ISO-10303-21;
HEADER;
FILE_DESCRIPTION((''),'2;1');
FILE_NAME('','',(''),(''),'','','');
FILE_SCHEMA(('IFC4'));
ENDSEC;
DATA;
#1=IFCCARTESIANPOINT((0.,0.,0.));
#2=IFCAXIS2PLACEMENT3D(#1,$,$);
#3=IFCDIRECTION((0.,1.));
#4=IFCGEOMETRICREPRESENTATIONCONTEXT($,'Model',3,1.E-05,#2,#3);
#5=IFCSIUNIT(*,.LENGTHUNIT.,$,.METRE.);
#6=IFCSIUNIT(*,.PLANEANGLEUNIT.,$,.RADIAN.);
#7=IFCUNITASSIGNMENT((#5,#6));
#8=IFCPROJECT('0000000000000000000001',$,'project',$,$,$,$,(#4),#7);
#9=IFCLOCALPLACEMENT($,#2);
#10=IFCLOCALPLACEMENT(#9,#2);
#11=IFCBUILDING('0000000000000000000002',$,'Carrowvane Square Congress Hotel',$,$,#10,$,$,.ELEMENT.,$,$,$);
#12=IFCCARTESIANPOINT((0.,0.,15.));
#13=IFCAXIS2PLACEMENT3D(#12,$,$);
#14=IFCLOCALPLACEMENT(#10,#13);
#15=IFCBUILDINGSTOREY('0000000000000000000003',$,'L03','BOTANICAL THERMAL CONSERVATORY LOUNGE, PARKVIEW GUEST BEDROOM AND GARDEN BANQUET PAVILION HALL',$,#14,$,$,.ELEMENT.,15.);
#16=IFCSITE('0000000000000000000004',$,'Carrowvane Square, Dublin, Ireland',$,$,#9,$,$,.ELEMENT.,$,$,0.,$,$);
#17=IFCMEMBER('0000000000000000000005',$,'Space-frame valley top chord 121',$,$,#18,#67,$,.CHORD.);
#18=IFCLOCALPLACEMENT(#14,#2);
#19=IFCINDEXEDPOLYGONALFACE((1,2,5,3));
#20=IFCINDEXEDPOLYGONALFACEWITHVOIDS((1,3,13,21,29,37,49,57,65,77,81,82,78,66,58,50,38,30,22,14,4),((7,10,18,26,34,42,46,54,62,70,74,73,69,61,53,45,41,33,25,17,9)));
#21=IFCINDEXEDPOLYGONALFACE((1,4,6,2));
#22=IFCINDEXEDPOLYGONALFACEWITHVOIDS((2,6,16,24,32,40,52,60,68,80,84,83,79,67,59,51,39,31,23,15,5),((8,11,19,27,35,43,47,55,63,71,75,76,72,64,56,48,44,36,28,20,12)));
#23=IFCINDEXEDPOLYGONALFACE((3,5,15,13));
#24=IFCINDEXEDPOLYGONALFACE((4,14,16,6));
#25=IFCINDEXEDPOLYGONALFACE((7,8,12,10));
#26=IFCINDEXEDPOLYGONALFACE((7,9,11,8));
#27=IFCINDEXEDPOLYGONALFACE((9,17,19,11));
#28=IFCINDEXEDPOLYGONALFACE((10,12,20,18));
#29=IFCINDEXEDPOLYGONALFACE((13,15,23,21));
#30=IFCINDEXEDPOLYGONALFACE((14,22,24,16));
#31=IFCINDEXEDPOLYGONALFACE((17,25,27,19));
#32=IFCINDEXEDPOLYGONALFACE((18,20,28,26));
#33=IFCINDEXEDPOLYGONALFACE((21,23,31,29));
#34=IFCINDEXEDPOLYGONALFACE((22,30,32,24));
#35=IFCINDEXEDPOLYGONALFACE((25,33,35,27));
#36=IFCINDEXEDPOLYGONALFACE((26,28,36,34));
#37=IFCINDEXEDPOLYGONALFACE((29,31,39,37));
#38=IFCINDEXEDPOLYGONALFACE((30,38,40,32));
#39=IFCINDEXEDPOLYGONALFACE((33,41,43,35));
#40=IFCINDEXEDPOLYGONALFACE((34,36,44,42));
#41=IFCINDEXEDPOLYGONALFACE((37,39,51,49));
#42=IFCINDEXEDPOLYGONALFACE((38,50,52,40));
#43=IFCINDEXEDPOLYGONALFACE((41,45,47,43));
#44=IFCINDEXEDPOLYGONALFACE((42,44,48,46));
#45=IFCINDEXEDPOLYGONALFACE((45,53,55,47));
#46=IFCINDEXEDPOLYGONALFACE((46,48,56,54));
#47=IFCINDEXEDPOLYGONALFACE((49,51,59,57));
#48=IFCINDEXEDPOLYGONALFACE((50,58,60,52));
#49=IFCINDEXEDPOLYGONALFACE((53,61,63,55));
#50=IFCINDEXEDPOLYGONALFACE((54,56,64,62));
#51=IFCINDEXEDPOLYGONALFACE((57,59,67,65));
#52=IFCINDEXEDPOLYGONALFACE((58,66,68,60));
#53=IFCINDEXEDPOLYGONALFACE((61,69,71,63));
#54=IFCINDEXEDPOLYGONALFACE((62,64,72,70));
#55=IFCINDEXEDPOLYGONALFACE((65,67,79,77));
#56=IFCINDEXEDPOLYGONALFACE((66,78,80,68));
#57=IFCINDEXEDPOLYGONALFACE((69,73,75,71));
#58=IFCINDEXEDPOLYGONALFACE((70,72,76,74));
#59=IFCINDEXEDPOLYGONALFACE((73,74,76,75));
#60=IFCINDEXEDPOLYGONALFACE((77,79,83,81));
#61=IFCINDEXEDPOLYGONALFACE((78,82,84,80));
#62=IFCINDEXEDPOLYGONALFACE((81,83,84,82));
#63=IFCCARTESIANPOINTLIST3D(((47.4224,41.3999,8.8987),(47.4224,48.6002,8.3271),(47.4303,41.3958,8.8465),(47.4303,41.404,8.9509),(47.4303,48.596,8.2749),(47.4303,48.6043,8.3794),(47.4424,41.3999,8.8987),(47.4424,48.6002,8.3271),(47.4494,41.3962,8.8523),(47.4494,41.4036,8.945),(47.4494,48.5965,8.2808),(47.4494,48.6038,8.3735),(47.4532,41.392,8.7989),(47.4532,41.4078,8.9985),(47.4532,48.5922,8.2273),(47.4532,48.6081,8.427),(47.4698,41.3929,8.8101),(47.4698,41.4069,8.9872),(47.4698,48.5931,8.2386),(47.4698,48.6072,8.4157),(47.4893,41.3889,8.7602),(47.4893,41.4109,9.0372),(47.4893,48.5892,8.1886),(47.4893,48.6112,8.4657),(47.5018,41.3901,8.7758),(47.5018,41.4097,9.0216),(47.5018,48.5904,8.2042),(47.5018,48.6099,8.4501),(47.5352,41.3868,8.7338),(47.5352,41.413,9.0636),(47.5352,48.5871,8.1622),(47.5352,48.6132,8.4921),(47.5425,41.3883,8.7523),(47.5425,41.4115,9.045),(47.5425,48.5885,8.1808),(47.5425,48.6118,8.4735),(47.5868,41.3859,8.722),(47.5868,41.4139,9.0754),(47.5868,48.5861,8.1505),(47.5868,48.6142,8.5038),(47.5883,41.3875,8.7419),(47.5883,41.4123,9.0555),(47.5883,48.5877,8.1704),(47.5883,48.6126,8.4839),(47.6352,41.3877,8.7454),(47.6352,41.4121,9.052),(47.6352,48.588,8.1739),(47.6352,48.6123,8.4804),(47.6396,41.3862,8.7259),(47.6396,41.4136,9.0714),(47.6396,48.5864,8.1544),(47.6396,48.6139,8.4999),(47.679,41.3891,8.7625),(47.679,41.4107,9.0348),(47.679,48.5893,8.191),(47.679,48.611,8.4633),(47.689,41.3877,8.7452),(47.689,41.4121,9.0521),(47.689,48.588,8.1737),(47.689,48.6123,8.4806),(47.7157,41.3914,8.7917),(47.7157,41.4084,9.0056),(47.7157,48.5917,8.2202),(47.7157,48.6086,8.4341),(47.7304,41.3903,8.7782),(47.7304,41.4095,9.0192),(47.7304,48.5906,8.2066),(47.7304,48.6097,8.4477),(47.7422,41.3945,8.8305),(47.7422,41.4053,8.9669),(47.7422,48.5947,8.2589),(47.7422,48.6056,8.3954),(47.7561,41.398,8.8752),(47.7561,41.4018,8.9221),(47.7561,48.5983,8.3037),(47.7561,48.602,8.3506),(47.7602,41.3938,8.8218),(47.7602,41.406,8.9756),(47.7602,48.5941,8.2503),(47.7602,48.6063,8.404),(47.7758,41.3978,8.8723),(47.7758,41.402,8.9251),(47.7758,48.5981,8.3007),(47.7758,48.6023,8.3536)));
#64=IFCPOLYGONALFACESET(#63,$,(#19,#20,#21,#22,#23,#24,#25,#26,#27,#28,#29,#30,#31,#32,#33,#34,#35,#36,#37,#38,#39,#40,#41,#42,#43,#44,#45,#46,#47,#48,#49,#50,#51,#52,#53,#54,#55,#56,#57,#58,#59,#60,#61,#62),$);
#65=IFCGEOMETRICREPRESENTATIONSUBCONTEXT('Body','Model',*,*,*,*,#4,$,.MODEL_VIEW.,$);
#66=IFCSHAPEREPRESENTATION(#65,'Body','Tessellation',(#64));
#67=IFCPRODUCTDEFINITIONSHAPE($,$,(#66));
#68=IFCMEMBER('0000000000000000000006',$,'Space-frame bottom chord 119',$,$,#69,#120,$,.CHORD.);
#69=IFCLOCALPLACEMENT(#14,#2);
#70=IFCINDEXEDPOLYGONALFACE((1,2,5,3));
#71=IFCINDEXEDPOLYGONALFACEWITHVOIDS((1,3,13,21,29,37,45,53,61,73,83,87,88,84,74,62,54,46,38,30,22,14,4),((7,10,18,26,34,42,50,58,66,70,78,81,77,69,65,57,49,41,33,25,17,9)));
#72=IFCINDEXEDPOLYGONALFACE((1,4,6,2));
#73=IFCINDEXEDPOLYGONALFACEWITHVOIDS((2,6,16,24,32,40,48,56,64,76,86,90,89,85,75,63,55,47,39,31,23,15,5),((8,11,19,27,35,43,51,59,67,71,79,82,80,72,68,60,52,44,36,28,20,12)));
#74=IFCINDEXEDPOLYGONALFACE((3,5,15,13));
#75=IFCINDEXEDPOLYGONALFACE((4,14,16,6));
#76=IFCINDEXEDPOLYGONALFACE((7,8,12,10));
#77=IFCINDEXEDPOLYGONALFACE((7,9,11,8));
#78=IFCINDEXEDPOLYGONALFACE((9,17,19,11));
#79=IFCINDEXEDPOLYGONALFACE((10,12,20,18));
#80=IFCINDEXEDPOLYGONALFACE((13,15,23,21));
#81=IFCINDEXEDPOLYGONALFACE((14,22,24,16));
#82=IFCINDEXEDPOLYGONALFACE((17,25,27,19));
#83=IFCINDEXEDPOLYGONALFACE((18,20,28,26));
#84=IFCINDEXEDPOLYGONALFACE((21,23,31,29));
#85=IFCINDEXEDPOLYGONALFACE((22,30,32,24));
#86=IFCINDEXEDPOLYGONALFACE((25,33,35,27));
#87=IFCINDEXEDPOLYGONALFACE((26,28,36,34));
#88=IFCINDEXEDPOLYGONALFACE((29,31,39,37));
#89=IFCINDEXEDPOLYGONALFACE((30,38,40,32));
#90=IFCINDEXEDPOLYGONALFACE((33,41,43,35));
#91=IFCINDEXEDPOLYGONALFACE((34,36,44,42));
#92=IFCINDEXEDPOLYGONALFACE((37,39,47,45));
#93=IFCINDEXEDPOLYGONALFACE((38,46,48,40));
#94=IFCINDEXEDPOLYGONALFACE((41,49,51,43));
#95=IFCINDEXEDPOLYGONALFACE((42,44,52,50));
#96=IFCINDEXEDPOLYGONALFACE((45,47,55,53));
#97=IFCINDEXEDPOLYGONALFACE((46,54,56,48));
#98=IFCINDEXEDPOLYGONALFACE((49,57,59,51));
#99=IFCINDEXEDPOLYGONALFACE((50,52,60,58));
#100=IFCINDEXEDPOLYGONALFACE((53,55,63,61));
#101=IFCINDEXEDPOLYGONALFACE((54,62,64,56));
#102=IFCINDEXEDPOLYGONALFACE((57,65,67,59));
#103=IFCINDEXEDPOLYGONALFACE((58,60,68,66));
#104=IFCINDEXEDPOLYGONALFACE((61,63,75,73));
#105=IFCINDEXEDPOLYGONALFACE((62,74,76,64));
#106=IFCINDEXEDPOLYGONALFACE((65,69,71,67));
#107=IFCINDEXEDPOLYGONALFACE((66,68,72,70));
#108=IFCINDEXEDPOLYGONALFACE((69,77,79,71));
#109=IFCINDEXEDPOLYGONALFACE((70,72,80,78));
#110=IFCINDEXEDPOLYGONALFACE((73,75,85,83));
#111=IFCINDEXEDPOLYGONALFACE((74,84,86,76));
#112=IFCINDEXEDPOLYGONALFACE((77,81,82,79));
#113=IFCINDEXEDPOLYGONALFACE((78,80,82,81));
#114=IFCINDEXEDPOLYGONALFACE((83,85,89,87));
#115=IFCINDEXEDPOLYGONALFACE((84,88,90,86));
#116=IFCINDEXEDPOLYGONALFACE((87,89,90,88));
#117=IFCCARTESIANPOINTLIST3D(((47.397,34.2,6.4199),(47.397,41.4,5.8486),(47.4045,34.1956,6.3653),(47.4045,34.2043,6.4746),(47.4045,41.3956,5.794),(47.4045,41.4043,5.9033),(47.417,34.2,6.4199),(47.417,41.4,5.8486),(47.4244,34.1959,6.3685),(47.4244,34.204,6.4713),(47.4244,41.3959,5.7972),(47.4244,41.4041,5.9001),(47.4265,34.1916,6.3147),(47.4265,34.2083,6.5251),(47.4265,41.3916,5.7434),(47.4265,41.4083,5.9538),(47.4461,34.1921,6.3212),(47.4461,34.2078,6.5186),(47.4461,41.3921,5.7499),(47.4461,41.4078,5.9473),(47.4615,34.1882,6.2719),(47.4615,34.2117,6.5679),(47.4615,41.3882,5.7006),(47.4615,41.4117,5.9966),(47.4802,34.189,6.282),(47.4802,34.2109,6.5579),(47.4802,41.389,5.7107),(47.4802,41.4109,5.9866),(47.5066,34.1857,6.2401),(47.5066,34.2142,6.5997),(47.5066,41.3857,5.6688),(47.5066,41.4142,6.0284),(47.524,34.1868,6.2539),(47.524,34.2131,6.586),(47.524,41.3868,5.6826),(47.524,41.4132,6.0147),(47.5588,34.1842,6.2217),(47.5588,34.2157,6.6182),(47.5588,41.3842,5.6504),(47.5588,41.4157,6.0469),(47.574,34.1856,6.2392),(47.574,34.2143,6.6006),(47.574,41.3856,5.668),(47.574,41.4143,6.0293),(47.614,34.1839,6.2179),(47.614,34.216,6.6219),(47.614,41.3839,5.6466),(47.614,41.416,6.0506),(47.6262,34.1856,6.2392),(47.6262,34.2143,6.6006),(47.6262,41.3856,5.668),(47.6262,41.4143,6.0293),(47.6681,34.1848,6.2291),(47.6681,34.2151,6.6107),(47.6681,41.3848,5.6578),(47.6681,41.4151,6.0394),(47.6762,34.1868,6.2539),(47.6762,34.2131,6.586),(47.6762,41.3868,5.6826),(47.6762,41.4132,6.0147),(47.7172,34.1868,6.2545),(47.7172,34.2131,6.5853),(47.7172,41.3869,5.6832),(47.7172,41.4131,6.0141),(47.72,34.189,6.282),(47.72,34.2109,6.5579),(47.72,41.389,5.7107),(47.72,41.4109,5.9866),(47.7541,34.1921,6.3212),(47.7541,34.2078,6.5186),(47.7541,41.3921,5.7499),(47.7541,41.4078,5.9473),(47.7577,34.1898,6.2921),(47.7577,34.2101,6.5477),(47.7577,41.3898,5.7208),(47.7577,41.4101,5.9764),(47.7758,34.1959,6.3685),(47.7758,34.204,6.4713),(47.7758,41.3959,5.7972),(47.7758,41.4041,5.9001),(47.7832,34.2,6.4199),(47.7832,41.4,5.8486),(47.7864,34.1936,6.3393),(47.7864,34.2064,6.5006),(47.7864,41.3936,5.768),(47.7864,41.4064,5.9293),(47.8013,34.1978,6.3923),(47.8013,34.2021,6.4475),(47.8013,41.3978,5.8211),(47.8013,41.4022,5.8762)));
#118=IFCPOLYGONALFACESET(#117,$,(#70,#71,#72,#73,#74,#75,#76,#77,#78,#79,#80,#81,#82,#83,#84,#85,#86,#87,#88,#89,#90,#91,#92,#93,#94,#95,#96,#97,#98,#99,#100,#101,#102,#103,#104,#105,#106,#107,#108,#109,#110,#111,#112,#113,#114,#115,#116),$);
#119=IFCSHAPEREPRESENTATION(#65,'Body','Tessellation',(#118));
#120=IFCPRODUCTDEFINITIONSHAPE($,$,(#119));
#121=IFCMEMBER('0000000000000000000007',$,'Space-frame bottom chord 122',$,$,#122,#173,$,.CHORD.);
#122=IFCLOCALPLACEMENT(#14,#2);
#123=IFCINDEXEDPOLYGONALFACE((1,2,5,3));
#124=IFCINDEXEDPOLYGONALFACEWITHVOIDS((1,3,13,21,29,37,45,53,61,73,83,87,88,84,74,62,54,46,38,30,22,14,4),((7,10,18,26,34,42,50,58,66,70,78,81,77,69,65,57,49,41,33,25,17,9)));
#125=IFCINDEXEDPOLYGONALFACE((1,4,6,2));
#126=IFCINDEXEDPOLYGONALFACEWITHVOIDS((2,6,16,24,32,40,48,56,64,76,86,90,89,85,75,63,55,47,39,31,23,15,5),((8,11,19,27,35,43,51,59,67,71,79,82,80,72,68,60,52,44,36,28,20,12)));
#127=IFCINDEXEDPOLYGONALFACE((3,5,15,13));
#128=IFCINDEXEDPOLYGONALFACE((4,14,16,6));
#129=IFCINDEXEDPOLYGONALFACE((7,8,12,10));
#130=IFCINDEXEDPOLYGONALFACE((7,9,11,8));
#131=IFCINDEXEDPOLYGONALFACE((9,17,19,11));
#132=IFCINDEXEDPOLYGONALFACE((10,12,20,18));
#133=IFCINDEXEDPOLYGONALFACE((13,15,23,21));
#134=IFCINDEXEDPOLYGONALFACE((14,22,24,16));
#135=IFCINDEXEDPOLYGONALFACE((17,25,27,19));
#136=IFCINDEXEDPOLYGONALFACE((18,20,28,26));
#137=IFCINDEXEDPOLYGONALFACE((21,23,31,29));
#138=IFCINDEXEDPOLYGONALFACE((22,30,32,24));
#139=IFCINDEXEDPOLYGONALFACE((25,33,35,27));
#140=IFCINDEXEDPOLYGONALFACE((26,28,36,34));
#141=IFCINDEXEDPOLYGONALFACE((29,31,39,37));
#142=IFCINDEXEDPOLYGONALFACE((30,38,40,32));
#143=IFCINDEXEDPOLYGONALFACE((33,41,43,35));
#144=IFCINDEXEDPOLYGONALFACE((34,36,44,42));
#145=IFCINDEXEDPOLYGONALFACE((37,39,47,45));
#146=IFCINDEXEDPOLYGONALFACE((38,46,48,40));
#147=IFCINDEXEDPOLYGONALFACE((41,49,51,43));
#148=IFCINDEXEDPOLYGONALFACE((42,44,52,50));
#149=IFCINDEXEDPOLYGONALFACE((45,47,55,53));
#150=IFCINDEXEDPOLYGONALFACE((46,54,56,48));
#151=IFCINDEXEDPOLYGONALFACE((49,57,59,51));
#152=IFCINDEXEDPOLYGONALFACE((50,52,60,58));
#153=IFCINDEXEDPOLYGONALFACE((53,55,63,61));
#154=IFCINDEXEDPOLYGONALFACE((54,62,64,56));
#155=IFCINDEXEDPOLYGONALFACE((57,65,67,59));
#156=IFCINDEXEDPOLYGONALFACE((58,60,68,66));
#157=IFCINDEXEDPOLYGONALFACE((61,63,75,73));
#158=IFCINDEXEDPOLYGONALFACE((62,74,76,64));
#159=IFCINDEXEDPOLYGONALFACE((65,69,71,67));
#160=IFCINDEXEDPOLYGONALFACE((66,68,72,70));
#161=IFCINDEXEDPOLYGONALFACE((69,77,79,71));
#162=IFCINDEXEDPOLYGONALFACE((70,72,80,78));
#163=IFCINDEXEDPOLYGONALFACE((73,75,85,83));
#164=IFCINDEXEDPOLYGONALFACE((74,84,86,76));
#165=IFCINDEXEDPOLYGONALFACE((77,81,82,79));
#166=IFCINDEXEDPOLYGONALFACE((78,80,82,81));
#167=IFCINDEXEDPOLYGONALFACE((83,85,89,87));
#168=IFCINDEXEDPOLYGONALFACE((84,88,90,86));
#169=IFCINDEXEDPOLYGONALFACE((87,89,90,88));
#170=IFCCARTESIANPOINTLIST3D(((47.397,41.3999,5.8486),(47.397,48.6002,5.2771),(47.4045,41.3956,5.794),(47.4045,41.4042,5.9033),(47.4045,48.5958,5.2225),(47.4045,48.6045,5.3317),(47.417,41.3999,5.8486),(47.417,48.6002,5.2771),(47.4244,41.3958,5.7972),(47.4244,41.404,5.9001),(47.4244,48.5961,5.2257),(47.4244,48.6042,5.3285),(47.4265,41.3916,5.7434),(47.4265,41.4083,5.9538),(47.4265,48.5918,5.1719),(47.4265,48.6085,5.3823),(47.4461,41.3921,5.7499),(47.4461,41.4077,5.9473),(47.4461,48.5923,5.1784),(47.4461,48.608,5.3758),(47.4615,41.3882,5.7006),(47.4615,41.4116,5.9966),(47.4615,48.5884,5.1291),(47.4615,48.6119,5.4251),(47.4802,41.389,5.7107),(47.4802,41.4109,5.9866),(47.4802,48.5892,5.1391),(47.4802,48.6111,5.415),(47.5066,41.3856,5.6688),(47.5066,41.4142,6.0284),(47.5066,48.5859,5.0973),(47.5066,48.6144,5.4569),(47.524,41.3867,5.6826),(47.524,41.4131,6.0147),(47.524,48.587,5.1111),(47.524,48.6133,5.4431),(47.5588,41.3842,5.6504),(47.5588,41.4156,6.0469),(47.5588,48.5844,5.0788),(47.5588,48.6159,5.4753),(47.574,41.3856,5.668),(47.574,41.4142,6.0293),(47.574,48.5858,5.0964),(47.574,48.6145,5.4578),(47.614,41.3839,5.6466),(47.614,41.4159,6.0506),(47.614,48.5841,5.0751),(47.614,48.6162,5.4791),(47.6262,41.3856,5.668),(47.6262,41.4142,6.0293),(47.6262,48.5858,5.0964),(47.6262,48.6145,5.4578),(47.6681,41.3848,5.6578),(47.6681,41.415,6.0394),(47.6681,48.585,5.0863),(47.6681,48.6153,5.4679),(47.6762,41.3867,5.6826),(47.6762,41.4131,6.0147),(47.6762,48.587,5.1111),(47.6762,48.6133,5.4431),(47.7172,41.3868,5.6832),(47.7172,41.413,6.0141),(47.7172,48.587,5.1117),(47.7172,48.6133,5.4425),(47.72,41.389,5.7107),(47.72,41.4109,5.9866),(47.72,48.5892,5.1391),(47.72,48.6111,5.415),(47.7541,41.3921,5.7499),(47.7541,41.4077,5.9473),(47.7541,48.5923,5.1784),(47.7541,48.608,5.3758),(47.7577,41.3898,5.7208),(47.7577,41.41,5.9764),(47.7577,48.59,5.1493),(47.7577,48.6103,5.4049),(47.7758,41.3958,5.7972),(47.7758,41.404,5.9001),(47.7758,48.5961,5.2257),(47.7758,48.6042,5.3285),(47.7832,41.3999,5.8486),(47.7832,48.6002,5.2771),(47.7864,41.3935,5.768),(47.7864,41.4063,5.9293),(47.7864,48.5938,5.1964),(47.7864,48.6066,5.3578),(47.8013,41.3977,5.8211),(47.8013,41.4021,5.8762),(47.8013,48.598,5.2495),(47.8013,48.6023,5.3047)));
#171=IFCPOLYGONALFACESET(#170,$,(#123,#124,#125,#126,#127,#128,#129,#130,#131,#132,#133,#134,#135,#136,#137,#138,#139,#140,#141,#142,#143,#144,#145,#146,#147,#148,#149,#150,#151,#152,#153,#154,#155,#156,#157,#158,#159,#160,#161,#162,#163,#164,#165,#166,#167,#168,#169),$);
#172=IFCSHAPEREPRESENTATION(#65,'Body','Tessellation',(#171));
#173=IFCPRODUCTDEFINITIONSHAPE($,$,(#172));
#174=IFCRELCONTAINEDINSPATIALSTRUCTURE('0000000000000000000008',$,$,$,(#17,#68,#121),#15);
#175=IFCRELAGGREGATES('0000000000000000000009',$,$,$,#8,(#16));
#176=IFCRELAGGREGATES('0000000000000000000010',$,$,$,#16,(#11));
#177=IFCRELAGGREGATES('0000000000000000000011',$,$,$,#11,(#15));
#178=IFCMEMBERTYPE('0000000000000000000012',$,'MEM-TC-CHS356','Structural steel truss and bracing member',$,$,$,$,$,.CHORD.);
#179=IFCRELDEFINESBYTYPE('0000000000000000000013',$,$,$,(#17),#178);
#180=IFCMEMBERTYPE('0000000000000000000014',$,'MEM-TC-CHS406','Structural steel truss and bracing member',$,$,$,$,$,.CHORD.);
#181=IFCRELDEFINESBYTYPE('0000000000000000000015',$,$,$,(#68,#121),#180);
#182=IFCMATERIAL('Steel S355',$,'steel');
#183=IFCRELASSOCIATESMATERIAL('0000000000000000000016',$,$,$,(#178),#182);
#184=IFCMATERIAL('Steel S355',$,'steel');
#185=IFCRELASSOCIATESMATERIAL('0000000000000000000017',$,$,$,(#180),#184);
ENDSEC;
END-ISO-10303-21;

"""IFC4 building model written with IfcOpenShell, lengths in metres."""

from ifc_helpers import new_model, si_unit, direction, frame, origin, origin_2d, place, context, subcontext, project, spatial, hollow_circle, extrude, material, material_profile, profile_set, type_object, element, save


model = new_model("IFC4")

# Units and contexts
model_context = context("Model", 3, precision=1e-05, world=origin(), true_north=direction((0.0, 1.0)))
body_context = subcontext(model_context, "Body", "Model", "MODEL_VIEW")
ifc_project = project(units=[si_unit("LENGTHUNIT", "METRE"), si_unit("PLANEANGLEUNIT", "RADIAN")], contexts=[model_context])

# Site, building, storey
site_placement = place(None, origin())
site = spatial("IfcSite", under=ifc_project, at=site_placement, Name="Carrowvane Square, Dublin, Ireland", CompositionType="ELEMENT", RefElevation=0.0)
building_placement = place(site_placement, origin())
building = spatial("IfcBuilding", under=site, at=building_placement, Name="Carrowvane Square Congress Hotel", CompositionType="ELEMENT")
storey_placement = place(building_placement, frame((0.0, 0.0, 15.0)))
storey = spatial("IfcBuildingStorey", under=building, at=storey_placement, Name="L03", Description="BOTANICAL THERMAL CONSERVATORY LOUNGE, PARKVIEW GUEST BEDROOM AND GARDEN BANQUET PAVILION HALL", CompositionType="ELEMENT", Elevation=15.0)

# Members
ifc_material_1 = material(Name="Steel S355", Category="steel")
ifc_material_profile_1 = material_profile(ifc_material_1, hollow_circle(Radius=0.1777, WallThickness=0.02, at=origin_2d()), Name="CHS 355.6x20")
ifc_profile_set_1 = profile_set([ifc_material_profile_1], Name="Steel S355")
member_type_1 = type_object("IfcMemberType", Name="MEM-TC-CHS356", Description="Structural steel truss and bracing member", PredefinedType="CHORD", material=ifc_profile_set_1)
member_1_placement = place(storey_placement, frame((47.6001, 41.3999, 8.8987), z_axis=(0.0, 0.996864, -0.079129), x_axis=(-1.0, 0.0, 0.0)))
element("IfcMember", 1, at=member_1_placement, inside=storey, type_object=member_type_1, Name="Space-frame valley top chord 121", PredefinedType="CHORD", context=body_context, shape_type="SweptSolid", body=[
    extrude(hollow_circle(Radius=0.1777, WallThickness=0.02, at=origin_2d()), origin(), (0.0, 0.0, 1.0), 7.2229),
])
ifc_material_2 = material(Name="Steel S355", Category="steel")
ifc_material_profile_2 = material_profile(ifc_material_2, hollow_circle(Radius=0.2031, WallThickness=0.02, at=origin_2d()), Name="CHS 406.4x20")
ifc_profile_set_2 = profile_set([ifc_material_profile_2], Name="Steel S355")
member_type_2 = type_object("IfcMemberType", Name="MEM-TC-CHS406", Description="Structural steel truss and bracing member", PredefinedType="CHORD", material=ifc_profile_set_2)
member_2_placement = place(storey_placement, frame((47.6001, 34.2, 6.4199), z_axis=(0.0, 0.996867, -0.079098), x_axis=(-1.0, 0.0, 0.0)))
element("IfcMember", 2, at=member_2_placement, inside=storey, type_object=member_type_2, Name="Space-frame bottom chord 119", PredefinedType="CHORD", context=body_context, shape_type="SweptSolid", body=[
    extrude(hollow_circle(Radius=0.2031, WallThickness=0.02, at=origin_2d()), origin(), (0.0, 0.0, 1.0), 7.2227),
])
member_3_placement = place(storey_placement, frame((47.6001, 41.3999, 5.8486), z_axis=(0.0, 0.996864, -0.079129), x_axis=(-1.0, 0.0, 0.0)))
element("IfcMember", 3, at=member_3_placement, inside=storey, type_object=member_type_2, Name="Space-frame bottom chord 122", PredefinedType="CHORD", context=body_context, shape_type="SweptSolid", body=[
    extrude(hollow_circle(Radius=0.2031, WallThickness=0.02, at=origin_2d()), origin(), (0.0, 0.0, 1.0), 7.2229),
])

save(model, "model.ifc")
